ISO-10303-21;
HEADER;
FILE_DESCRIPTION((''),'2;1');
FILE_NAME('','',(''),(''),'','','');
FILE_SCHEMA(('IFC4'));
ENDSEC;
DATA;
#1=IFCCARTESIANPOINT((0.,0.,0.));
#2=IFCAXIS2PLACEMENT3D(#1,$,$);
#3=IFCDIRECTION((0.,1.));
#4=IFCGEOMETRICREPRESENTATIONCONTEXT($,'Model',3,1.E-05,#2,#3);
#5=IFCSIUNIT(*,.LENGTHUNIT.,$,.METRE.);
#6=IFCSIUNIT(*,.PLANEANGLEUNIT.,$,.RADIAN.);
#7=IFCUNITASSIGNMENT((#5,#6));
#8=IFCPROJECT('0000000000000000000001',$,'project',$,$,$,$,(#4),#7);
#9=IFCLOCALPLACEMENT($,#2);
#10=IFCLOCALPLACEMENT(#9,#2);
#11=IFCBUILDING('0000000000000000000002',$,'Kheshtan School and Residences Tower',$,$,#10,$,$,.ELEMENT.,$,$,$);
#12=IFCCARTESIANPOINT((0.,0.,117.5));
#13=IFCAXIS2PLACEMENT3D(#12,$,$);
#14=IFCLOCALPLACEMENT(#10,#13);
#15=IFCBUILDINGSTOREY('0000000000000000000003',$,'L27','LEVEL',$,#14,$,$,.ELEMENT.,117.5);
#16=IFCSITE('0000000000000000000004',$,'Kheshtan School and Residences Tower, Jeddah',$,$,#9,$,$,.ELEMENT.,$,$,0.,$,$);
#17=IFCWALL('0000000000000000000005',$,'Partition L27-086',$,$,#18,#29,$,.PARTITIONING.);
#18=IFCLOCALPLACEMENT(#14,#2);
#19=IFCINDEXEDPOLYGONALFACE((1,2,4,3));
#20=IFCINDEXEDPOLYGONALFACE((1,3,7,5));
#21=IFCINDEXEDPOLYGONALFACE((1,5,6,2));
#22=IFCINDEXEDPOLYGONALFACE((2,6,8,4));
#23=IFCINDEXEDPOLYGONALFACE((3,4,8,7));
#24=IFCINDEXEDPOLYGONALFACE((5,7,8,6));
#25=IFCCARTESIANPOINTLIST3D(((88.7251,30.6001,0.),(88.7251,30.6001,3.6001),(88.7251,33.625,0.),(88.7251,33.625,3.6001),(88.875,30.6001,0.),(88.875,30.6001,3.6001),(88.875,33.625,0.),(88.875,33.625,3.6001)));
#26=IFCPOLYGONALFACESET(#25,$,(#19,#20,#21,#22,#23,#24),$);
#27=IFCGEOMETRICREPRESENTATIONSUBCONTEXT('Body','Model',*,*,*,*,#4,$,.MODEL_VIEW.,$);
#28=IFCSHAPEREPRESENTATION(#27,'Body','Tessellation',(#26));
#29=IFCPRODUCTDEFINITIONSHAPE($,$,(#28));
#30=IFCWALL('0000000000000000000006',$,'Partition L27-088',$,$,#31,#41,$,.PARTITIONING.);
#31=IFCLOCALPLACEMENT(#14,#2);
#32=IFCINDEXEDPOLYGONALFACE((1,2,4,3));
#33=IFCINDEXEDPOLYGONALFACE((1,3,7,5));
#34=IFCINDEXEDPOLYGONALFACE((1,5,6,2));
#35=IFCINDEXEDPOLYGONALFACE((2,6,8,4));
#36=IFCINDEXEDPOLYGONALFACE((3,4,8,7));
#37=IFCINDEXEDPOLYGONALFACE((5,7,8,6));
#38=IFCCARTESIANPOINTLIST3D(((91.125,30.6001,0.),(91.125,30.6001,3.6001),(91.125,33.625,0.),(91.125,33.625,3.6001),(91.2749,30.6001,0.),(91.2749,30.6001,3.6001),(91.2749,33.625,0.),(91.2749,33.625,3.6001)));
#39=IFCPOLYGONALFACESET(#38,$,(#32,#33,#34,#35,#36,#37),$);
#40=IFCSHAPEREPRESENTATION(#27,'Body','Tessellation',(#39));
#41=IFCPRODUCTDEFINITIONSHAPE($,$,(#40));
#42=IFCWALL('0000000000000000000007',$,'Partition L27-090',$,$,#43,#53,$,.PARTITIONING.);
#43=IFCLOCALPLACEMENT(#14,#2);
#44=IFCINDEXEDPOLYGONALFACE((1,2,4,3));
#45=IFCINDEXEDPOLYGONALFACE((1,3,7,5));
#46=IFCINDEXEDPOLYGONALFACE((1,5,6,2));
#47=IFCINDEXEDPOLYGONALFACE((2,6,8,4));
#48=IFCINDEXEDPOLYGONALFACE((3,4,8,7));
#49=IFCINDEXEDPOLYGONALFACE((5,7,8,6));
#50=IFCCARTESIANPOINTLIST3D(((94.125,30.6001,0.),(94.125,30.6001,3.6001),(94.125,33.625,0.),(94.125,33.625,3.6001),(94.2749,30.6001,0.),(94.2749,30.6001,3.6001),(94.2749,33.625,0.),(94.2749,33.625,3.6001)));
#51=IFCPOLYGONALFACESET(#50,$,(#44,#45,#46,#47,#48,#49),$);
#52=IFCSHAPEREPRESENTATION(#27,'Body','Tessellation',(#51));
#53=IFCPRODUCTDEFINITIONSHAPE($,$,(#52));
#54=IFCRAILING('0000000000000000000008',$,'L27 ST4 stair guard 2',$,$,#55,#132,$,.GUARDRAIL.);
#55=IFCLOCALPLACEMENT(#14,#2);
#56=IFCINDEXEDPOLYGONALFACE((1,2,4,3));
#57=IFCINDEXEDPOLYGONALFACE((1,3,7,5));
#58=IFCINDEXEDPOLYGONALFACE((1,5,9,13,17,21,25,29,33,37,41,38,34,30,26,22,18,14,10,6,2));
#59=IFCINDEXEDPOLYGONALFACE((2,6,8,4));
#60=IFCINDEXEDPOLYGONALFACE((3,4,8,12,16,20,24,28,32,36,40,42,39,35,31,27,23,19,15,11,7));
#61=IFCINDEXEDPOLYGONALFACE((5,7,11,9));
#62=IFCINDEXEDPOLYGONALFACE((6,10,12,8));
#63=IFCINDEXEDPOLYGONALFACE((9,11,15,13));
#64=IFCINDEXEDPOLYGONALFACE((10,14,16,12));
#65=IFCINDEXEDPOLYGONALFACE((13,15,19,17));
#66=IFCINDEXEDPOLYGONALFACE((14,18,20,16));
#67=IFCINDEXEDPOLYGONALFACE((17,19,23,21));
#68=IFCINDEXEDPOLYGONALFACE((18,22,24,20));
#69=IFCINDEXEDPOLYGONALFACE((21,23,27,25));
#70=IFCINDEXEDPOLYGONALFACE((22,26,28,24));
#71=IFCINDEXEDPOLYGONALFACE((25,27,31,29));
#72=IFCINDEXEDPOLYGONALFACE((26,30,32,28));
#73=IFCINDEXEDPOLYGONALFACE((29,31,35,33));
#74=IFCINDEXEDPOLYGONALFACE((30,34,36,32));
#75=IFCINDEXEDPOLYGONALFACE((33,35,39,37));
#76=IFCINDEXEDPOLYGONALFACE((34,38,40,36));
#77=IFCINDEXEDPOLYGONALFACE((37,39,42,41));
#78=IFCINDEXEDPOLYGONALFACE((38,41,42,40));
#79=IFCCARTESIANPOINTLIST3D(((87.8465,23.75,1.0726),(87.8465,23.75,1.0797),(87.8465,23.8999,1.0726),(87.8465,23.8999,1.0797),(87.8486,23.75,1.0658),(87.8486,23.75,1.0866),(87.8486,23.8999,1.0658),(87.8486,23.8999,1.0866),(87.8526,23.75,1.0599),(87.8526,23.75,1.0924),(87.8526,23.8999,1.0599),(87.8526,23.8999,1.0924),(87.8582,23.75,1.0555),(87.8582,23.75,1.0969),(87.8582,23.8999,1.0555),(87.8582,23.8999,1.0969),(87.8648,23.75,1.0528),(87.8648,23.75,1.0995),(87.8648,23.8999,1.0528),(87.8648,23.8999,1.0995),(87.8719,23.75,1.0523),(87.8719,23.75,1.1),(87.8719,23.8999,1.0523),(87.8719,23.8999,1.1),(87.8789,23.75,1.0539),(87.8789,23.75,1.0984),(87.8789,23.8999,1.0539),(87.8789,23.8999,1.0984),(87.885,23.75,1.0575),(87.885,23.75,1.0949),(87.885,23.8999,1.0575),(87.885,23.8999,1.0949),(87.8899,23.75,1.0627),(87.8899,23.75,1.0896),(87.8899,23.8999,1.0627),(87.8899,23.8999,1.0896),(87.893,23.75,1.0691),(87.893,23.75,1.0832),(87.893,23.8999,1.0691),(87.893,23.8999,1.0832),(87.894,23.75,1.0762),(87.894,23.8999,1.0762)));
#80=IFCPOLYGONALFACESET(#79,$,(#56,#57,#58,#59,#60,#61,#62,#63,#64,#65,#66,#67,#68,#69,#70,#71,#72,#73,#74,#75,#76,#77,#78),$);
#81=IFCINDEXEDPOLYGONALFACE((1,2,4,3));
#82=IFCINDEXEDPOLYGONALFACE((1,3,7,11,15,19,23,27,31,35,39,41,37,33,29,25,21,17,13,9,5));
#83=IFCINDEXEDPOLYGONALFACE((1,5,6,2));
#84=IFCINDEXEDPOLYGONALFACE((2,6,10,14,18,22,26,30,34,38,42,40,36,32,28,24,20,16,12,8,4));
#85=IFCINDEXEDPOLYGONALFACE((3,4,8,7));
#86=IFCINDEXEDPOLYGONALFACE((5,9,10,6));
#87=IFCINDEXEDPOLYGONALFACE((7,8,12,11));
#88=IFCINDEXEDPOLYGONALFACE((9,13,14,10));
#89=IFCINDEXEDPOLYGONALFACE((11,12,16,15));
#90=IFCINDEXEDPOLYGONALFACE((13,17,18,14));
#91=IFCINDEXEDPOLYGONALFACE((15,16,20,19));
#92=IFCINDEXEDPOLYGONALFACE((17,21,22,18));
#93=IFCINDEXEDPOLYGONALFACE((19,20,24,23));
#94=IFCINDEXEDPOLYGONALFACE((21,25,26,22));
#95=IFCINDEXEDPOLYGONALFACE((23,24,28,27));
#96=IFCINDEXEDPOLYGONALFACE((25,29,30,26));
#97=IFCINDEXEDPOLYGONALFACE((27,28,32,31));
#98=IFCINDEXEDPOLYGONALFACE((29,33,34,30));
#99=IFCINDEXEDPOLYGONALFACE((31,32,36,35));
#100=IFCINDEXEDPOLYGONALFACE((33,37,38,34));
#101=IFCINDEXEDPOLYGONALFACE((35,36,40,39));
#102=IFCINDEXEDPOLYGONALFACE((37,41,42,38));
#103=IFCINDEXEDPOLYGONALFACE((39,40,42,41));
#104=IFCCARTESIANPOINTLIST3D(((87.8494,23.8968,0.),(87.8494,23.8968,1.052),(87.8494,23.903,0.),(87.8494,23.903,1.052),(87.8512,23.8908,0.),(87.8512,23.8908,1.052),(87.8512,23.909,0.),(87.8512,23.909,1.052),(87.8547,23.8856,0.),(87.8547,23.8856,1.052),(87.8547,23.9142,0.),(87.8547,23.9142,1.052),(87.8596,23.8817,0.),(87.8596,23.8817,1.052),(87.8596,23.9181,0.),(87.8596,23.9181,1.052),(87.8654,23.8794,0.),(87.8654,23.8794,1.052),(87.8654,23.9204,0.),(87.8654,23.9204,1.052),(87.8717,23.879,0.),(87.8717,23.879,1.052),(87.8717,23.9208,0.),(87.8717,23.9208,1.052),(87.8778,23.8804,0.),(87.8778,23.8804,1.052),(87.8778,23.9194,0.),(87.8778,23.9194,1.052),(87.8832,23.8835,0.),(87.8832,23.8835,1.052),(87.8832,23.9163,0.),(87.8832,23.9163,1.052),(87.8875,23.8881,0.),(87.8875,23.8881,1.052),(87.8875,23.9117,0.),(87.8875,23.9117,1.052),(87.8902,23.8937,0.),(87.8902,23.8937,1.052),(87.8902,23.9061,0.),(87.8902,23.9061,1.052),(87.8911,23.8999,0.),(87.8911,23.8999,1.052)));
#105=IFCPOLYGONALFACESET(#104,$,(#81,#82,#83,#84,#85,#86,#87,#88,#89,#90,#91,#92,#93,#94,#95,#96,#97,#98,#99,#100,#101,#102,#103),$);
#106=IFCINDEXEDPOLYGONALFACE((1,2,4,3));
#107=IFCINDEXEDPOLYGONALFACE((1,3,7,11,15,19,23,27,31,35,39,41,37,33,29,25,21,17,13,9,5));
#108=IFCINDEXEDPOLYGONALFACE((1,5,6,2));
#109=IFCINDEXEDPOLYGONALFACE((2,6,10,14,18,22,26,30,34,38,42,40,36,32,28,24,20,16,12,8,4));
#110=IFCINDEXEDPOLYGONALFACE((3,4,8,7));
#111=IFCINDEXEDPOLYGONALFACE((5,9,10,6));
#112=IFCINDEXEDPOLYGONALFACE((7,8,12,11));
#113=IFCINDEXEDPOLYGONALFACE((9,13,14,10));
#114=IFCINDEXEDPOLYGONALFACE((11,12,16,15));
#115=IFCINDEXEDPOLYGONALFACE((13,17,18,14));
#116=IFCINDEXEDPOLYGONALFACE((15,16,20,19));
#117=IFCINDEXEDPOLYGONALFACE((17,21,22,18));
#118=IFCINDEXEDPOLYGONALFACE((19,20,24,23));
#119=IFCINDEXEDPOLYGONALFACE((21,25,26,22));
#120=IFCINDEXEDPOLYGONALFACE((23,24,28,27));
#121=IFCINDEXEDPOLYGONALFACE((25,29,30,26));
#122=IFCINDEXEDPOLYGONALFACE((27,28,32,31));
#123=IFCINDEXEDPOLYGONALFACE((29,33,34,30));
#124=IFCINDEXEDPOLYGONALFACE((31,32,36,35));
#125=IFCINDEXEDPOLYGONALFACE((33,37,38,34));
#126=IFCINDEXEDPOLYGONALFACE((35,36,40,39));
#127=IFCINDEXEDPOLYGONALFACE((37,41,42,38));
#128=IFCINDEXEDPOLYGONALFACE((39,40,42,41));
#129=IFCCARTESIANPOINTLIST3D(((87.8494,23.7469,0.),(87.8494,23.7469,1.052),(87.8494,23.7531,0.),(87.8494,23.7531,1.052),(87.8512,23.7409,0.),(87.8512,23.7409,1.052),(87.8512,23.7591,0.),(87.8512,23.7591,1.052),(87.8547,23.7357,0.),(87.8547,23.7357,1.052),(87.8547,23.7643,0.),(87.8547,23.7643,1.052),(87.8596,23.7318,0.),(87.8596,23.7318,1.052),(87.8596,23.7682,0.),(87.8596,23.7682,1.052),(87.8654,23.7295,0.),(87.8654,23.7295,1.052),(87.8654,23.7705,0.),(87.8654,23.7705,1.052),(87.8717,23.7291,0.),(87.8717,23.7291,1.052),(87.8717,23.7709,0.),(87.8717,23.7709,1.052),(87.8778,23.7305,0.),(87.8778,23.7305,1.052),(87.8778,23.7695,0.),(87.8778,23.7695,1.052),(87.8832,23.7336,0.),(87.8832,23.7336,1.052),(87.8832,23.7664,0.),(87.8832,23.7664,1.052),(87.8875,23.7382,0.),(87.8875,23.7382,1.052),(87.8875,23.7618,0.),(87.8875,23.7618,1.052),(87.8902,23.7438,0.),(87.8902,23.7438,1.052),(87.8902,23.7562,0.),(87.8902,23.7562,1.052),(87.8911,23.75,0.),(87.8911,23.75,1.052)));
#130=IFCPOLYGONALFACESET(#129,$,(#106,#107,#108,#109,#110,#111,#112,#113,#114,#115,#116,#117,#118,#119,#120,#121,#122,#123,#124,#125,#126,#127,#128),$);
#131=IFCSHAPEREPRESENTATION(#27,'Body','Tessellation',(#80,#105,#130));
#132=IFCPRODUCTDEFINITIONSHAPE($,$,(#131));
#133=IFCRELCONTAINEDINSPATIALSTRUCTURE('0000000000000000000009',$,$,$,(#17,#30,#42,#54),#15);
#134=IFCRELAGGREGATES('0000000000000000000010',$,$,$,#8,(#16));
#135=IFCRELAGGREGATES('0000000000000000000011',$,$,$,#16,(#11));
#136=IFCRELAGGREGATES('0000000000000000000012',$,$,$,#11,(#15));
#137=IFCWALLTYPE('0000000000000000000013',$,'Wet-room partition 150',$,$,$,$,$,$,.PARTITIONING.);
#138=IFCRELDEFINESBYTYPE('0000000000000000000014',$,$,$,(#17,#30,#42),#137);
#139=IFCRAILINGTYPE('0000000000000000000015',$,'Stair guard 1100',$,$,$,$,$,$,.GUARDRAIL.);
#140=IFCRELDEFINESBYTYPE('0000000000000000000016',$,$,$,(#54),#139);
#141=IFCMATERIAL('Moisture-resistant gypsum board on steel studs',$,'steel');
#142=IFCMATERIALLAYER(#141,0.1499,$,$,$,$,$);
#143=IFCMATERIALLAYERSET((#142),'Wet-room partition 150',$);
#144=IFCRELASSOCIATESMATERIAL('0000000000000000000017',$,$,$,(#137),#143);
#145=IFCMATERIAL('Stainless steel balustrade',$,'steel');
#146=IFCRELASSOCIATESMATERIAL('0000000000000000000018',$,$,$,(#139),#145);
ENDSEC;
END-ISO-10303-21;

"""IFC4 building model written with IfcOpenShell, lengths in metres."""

from ifc_helpers import new_model, si_unit, direction, frame, frame_2d, origin, origin_2d, place, context, subcontext, project, spatial, rectangle, circle, extrude, material, layer, layer_set, type_object, element, save


model = new_model("IFC4")

# Units and contexts
model_context = context("Model", 3, precision=1e-05, world=origin(), true_north=direction((0.0, 1.0)))
body_context = subcontext(model_context, "Body", "Model", "MODEL_VIEW")
ifc_project = project(units=[si_unit("LENGTHUNIT", "METRE"), si_unit("PLANEANGLEUNIT", "RADIAN")], contexts=[model_context])

# Site, building, storey
site_placement = place(None, origin())
site = spatial("IfcSite", under=ifc_project, at=site_placement, Name="Kheshtan School and Residences Tower, Jeddah", CompositionType="ELEMENT", RefElevation=0.0)
building_placement = place(site_placement, origin())
building = spatial("IfcBuilding", under=site, at=building_placement, Name="Kheshtan School and Residences Tower", CompositionType="ELEMENT")
storey_placement = place(building_placement, frame((0.0, 0.0, 117.5)))
storey = spatial("IfcBuildingStorey", under=building, at=storey_placement, Name="L27", Description="LEVEL", CompositionType="ELEMENT", Elevation=117.5)

# Walls
ifc_material_1 = material(Name="Moisture-resistant gypsum board on steel studs", Category="steel")
ifc_layer_1 = layer(ifc_material_1, 0.1499)
ifc_layer_set_1 = layer_set([ifc_layer_1], Name="Wet-room partition 150")
wall_type_1 = type_object("IfcWallType", Name="Wet-room partition 150", PredefinedType="PARTITIONING", material=ifc_layer_set_1)
for number, where, z_axis, x_axis, name in (
    (1, (88.8, 30.6001, 0.0), (0.0, 0.0, 1.0), (0.0, 1.0, 0.0), "Partition L27-086"),
    (2, (91.2, 30.6001, 0.0), (0.0, 0.0, 1.0), (0.0, 1.0, 0.0), "Partition L27-088"),
    (3, (94.2, 30.6001, 0.0), (0.0, 0.0, 1.0), (0.0, 1.0, 0.0), "Partition L27-090"),
):
    element("IfcWall", number, at=place(storey_placement, frame(where, z_axis=z_axis, x_axis=x_axis)), inside=storey, type_object=wall_type_1, Name=name, PredefinedType="PARTITIONING", context=body_context, shape_type="SweptSolid", body=[
        extrude(rectangle(XDim=3.0249, YDim=0.1499, at=frame_2d((1.5125, 0.0))), origin(), (0.0, 0.0, 1.0), 3.6001),
    ])

# Railing
ifc_material_2 = material(Name="Stainless steel balustrade", Category="steel")
railing_type_1 = type_object("IfcRailingType", Name="Stair guard 1100", PredefinedType="GUARDRAIL", material=ifc_material_2)
railing_1_placement = place(storey_placement, frame((87.8701, 23.8999, 0.0)))
element("IfcRailing", 4, at=railing_1_placement, inside=storey, type_object=railing_type_1, Name="L27 ST4 stair guard 2", PredefinedType="GUARDRAIL", context=body_context, shape_type="SweptSolid", body=[
    extrude(circle(Radius=0.0239, at=origin_2d()), frame((0.0, 0.0, 1.0762), z_axis=(0.0, -1.0, 0.0), x_axis=(1.0, 0.0, 0.0)), (0.0, 0.0, 1.0), 0.1499),
    extrude(circle(Radius=0.021, at=origin_2d()), origin(), (0.0, 0.0, 1.0), 1.052),
    extrude(circle(Radius=0.021, at=origin_2d()), frame((0.0, -0.1499, 0.0)), (0.0, 0.0, 1.0), 1.052),
])

save(model, "model.ifc")
